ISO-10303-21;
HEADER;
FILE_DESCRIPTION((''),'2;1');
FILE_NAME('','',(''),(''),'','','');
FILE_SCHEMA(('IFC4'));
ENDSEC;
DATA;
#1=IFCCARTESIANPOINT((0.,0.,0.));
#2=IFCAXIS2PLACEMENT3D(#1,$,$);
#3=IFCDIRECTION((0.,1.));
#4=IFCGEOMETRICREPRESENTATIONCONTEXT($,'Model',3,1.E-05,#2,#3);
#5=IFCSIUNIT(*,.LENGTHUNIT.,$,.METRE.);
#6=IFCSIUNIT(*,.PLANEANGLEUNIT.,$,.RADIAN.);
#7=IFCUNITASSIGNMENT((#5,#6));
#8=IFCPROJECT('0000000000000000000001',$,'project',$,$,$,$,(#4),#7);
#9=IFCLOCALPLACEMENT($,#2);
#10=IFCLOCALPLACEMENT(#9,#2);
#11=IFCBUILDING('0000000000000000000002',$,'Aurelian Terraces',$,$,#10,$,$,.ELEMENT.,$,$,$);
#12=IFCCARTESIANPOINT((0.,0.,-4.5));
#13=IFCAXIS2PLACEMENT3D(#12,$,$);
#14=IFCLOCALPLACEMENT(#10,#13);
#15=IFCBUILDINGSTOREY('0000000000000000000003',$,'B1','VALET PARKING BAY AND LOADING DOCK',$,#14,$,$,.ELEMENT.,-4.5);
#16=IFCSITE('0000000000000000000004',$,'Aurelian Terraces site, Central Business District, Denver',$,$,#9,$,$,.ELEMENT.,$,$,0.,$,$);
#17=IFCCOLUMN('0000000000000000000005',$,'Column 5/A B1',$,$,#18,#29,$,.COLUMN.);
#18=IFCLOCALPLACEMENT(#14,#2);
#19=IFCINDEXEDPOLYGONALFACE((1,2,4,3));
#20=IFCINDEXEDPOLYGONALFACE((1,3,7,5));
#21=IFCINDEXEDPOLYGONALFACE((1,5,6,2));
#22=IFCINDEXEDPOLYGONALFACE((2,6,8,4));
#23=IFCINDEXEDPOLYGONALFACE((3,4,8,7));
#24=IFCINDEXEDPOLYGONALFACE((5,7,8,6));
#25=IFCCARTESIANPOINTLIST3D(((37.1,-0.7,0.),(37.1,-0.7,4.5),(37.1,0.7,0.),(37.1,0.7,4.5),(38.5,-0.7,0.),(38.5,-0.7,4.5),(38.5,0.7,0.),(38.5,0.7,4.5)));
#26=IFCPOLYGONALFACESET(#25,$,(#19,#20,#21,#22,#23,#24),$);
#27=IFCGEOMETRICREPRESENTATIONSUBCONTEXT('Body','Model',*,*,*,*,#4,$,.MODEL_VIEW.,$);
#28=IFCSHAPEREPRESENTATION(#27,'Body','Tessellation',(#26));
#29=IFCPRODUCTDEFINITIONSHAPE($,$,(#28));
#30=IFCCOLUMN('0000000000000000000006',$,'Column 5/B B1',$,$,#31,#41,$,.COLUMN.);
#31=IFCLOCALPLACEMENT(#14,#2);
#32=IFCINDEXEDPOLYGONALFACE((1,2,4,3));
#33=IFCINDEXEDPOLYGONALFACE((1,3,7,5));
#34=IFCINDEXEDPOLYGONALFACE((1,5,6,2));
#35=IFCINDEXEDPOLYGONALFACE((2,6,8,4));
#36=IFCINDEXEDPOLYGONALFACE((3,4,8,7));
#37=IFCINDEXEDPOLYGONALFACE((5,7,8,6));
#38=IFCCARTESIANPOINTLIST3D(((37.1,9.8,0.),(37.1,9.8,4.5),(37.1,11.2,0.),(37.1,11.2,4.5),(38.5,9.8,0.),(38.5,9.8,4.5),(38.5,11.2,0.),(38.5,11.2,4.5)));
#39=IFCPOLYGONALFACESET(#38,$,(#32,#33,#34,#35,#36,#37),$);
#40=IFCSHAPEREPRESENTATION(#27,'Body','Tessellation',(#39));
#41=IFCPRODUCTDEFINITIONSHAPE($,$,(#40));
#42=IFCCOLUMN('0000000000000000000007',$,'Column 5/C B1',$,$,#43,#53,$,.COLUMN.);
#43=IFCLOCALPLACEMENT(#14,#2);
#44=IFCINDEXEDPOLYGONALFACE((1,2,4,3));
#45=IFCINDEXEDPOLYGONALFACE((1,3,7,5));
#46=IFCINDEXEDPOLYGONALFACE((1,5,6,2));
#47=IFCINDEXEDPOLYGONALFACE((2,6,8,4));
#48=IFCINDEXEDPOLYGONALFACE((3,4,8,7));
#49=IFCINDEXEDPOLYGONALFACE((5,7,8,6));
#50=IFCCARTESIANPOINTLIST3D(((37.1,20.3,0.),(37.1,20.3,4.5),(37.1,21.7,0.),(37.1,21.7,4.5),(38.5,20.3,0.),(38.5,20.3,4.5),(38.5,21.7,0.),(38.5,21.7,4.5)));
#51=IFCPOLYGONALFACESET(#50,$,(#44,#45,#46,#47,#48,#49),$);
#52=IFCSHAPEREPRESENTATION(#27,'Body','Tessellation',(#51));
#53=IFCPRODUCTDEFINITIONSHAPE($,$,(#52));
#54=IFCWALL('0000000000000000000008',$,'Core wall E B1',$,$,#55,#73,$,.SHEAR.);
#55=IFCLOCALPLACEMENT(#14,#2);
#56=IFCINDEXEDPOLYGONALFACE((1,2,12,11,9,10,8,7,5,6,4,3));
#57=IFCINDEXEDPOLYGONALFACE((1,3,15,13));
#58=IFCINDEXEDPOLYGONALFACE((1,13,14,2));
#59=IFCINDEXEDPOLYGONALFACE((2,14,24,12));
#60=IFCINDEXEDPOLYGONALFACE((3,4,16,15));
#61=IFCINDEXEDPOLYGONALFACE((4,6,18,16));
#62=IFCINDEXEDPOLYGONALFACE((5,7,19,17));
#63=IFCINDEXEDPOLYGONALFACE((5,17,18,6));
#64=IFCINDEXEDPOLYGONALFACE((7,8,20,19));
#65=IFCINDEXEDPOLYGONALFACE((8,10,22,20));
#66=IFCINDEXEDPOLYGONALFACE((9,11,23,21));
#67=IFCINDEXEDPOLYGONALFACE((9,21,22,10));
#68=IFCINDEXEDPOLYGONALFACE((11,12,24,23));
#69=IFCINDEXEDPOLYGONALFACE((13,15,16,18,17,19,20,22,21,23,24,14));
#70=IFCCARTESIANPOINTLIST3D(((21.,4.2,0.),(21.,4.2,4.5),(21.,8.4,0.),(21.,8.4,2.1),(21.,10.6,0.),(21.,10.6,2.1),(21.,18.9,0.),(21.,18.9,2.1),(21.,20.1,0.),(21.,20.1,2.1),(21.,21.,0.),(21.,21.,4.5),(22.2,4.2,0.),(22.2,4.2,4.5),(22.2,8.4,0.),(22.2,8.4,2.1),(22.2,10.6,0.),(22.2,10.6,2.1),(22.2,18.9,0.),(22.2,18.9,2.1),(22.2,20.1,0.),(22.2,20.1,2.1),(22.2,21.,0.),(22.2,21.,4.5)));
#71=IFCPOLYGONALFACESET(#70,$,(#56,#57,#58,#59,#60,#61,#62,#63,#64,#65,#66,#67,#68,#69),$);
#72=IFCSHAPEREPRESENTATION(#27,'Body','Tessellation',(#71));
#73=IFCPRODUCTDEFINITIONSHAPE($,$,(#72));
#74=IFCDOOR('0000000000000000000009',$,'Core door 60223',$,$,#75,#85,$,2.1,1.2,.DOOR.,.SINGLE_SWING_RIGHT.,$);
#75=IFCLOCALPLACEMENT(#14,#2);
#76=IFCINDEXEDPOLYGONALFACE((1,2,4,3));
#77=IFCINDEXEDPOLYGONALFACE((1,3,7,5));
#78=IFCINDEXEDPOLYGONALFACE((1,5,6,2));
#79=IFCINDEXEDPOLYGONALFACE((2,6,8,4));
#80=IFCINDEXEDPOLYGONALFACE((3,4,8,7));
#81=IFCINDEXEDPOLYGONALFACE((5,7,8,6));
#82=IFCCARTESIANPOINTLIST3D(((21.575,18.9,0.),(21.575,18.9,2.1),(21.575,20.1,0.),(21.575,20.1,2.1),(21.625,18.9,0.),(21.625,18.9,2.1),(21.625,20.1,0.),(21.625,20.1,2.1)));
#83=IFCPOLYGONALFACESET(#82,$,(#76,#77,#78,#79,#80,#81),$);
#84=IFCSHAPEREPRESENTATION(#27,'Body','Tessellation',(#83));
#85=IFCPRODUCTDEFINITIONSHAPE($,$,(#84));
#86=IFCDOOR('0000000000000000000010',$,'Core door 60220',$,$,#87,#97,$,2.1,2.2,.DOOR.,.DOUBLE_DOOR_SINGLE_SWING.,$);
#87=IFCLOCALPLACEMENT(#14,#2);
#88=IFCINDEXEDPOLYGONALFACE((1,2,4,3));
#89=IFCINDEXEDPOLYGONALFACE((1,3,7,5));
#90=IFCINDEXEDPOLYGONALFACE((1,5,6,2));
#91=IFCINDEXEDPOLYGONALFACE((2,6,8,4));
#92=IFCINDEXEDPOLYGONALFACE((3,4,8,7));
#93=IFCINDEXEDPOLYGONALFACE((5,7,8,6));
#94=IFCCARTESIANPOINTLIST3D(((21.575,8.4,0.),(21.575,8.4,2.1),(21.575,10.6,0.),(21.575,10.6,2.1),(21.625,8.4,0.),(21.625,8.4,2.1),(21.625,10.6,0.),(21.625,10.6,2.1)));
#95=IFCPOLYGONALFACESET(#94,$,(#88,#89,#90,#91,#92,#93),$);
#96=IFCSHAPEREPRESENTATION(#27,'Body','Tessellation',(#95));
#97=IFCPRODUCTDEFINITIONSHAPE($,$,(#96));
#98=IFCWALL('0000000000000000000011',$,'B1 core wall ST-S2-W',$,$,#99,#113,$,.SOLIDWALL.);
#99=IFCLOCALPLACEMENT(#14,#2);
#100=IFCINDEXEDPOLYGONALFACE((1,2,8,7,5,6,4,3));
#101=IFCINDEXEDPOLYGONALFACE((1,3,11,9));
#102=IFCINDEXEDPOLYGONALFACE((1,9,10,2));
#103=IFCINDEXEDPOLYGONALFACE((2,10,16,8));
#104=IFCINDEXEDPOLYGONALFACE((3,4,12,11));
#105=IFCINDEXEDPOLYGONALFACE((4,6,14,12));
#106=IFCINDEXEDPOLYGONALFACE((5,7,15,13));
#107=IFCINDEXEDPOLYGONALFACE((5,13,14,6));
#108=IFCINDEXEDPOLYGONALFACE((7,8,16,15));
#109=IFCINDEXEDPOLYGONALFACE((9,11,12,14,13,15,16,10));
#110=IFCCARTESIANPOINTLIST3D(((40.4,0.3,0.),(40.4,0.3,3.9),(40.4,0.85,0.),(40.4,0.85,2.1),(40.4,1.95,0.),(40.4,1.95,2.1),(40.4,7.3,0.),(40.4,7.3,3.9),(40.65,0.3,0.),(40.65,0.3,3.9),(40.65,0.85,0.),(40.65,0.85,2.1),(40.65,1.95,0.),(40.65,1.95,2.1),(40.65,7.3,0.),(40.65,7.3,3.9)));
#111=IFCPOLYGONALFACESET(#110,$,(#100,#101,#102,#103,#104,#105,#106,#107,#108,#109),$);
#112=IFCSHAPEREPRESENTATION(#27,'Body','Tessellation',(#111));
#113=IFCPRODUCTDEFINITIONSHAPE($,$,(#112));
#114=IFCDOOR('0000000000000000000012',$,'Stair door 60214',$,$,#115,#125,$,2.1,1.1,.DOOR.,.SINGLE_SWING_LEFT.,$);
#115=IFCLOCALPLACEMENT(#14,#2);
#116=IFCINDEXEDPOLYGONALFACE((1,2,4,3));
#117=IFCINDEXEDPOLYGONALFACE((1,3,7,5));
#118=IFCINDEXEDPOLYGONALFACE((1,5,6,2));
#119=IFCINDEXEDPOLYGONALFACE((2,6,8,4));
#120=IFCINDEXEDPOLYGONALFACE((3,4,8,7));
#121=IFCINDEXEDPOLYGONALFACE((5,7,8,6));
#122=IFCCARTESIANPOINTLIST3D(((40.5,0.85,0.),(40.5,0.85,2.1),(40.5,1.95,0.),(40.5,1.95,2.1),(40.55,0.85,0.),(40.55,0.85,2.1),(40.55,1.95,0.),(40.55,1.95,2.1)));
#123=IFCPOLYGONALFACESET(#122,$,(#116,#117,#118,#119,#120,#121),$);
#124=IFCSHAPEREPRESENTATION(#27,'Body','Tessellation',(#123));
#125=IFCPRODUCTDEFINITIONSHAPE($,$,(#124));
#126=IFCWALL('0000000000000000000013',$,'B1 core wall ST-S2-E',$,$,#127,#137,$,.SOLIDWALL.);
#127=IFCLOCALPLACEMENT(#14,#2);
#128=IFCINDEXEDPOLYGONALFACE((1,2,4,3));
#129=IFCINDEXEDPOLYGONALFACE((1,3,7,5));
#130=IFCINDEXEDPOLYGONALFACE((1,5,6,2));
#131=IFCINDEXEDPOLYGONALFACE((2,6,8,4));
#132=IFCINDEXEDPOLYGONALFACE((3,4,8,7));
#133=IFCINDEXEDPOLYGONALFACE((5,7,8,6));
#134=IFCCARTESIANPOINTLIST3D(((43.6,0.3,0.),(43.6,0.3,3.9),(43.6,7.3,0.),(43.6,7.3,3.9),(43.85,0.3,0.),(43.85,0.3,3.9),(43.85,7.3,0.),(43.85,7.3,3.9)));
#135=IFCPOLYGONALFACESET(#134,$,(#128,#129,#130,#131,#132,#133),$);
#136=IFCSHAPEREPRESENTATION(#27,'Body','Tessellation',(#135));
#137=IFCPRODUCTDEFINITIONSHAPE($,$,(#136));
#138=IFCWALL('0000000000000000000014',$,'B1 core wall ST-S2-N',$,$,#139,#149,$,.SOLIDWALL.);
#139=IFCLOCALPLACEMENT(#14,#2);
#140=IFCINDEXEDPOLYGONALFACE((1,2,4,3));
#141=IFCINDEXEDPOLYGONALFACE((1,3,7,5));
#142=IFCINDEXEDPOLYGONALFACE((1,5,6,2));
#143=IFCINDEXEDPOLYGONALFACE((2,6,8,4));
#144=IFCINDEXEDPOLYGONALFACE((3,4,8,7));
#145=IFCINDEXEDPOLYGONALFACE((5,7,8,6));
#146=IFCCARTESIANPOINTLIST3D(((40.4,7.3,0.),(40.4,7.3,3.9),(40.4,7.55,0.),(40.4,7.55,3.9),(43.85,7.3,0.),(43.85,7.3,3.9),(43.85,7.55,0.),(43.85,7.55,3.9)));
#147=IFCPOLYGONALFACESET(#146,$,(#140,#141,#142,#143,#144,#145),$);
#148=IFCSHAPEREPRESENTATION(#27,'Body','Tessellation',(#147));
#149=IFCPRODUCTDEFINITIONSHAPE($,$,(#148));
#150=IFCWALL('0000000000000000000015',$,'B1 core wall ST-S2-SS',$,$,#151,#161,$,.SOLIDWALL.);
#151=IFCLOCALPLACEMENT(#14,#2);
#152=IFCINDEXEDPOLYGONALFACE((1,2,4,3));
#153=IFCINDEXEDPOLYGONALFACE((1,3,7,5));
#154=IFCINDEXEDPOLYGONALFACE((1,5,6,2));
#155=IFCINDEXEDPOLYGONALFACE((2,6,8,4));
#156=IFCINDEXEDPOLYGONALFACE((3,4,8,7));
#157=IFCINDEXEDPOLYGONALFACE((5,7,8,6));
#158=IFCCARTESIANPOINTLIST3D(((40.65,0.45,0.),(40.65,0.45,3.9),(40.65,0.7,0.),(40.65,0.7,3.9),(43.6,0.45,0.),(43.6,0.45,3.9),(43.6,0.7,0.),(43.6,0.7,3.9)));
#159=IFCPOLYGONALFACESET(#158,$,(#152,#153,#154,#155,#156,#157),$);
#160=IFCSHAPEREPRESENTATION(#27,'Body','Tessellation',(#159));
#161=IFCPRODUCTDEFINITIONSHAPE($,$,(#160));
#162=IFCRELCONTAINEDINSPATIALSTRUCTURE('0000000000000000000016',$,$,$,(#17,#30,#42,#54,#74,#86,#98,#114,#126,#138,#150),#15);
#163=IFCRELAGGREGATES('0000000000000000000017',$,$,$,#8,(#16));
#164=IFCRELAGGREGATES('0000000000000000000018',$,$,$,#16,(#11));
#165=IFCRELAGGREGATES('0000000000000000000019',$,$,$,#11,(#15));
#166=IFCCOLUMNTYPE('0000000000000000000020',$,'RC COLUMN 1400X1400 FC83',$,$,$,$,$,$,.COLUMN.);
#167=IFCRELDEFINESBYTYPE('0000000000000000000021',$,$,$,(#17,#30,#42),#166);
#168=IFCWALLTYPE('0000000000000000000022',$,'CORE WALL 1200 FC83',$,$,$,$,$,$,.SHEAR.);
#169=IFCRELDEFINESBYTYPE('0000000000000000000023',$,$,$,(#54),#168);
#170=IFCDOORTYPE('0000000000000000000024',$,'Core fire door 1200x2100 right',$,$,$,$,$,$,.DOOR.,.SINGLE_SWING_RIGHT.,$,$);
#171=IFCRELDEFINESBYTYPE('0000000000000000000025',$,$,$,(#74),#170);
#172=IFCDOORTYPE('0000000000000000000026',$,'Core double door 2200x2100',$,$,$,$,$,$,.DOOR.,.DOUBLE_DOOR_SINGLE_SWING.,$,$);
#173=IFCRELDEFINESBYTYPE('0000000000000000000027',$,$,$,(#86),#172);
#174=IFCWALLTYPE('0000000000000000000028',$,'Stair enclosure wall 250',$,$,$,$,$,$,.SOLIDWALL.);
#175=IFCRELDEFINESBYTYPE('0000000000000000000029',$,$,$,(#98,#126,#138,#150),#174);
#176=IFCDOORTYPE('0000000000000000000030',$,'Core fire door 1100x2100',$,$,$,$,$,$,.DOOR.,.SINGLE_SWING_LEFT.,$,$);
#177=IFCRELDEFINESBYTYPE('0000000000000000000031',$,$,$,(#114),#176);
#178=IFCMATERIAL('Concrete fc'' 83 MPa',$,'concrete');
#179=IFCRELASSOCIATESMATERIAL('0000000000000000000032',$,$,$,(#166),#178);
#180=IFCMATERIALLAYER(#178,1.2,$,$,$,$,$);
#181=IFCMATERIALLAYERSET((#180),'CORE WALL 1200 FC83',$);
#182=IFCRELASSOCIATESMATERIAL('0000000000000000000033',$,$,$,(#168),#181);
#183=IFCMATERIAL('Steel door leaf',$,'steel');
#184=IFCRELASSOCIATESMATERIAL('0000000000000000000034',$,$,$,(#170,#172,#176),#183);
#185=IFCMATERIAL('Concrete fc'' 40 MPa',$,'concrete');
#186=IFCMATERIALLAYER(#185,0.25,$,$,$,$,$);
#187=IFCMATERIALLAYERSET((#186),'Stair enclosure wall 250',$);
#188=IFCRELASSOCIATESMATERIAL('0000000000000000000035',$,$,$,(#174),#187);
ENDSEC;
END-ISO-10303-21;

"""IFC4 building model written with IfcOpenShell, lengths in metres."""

from ifc_helpers import new_model, si_unit, direction, frame, frame_2d, origin, origin_2d, place, context, subcontext, project, spatial, rectangle, extrude, source, transform, mapped, material, layer, layer_set, material_profile, profile_set, type_object, element, fill, save


model = new_model("IFC4")

# Units and contexts
model_context = context("Model", 3, precision=1e-05, world=origin(), true_north=direction((0.0, 1.0)))
body_context = subcontext(model_context, "Body", "Model", "MODEL_VIEW")
ifc_project = project(units=[si_unit("LENGTHUNIT", "METRE"), si_unit("PLANEANGLEUNIT", "RADIAN")], contexts=[model_context])

# Site, building, storey
site_placement = place(None, origin())
site = spatial("IfcSite", under=ifc_project, at=site_placement, Name="Aurelian Terraces site, Central Business District, Denver", CompositionType="ELEMENT", RefElevation=0.0)
building_placement = place(site_placement, origin())
building = spatial("IfcBuilding", under=site, at=building_placement, Name="Aurelian Terraces", CompositionType="ELEMENT")
storey_placement = place(building_placement, frame((0.0, 0.0, -4.5)))
storey = spatial("IfcBuildingStorey", under=building, at=storey_placement, Name="B1", Description="VALET PARKING BAY AND LOADING DOCK", CompositionType="ELEMENT", Elevation=-4.5)

# Columns
ifc_material_1 = material(Name="Concrete fc' 83 MPa", Category="concrete")
ifc_material_profile = material_profile(ifc_material_1, rectangle(XDim=1.4, YDim=1.4, at=origin_2d()))
ifc_profile_set = profile_set([ifc_material_profile], Name="Concrete fc' 83 MPa")
column_type = type_object("IfcColumnType", Name="RC COLUMN 1400X1400 FC83", PredefinedType="COLUMN", material=ifc_profile_set)
shared_shape_1 = source(origin(), body_context, "Body", "SweptSolid", [
    extrude(rectangle(XDim=1.4, YDim=1.4, at=origin_2d()), origin(), (0.0, 0.0, 1.0), 4.5),
])
for number, where, z_axis, x_axis, name in (
    (1, (37.8, 0.0, 0.0), (0.0, 0.0, 1.0), (1.0, 0.0, 0.0), "Column 5/A B1"),
    (2, (37.8, 10.5, 0.0), (0.0, 0.0, 1.0), (1.0, 0.0, 0.0), "Column 5/B B1"),
    (3, (37.8, 21.0, 0.0), (0.0, 0.0, 1.0), (1.0, 0.0, 0.0), "Column 5/C B1"),
):
    element("IfcColumn", number, at=place(storey_placement, frame(where, z_axis=z_axis, x_axis=x_axis)), inside=storey, type_object=column_type, Name=name, PredefinedType="COLUMN", context=body_context, shape_type="MappedRepresentation", body=[
        mapped(shared_shape_1, transform((0.0, 0.0, 0.0), scale=1.0)),
    ])

# Wall, openings, doors
ifc_layer_1 = layer(ifc_material_1, 1.2)
ifc_layer_set_1 = layer_set([ifc_layer_1], Name="CORE WALL 1200 FC83")
wall_type_1 = type_object("IfcWallType", Name="CORE WALL 1200 FC83", PredefinedType="SHEAR", material=ifc_layer_set_1)
shared_shape_2 = source(origin(), body_context, "Body", "SweptSolid", [
    extrude(rectangle(XDim=16.8, YDim=1.2, at=frame_2d((8.4, 0.0))), origin(), (0.0, 0.0, 1.0), 4.5),
])
wall_1_placement = place(storey_placement, frame((21.6, 4.2, 0.0), z_axis=(0.0, 0.0, 1.0), x_axis=(0.0, 1.0, 0.0)))
wall_1 = element("IfcWall", 4, at=wall_1_placement, inside=storey, type_object=wall_type_1, Name="Core wall E B1", PredefinedType="SHEAR", context=body_context, shape_type="MappedRepresentation", body=[
    mapped(shared_shape_2, transform((0.0, 0.0, 0.0), scale=1.0)),
])
shared_shape_3 = source(origin(), body_context, "Body", "SweptSolid", [
    extrude(rectangle(XDim=2.2, YDim=2.1, at=frame_2d((1.1, 1.05))), frame((0.0, 0.61, 0.0), z_axis=(0.0, -1.0, 0.0), x_axis=(1.0, 0.0, 0.0)), (0.0, 0.0, 1.0), 1.22),
])
opening_1_placement = place(wall_1_placement, frame((4.2, 0.0, 0.0)))
opening_1 = element("IfcOpeningElement", 5, at=opening_1_placement, cuts=wall_1, PredefinedType="OPENING", context=body_context, shape_type="MappedRepresentation", body=[
    mapped(shared_shape_3, transform((0.0, 0.0, 0.0), scale=1.0)),
])
shared_shape_4 = source(origin(), body_context, "Body", "SweptSolid", [
    extrude(rectangle(XDim=1.2, YDim=2.1, at=frame_2d((0.6, 1.05))), frame((0.0, 0.61, 0.0), z_axis=(0.0, -1.0, 0.0), x_axis=(1.0, 0.0, 0.0)), (0.0, 0.0, 1.0), 1.22),
])
opening_2_placement = place(wall_1_placement, frame((14.7, 0.0, 0.0)))
opening_2 = element("IfcOpeningElement", 6, at=opening_2_placement, cuts=wall_1, PredefinedType="OPENING", context=body_context, shape_type="MappedRepresentation", body=[
    mapped(shared_shape_4, transform((0.0, 0.0, 0.0), scale=1.0)),
])
ifc_material_2 = material(Name="Steel door leaf", Category="steel")
door_type_1 = type_object("IfcDoorType", Name="Core fire door 1200x2100 right", OperationType="SINGLE_SWING_RIGHT", PredefinedType="DOOR", material=ifc_material_2)
shared_shape_5 = source(origin(), body_context, "Body", "SweptSolid", [
    extrude(rectangle(XDim=1.2, YDim=2.1, at=frame_2d((0.6, 1.05))), frame((0.0, 0.025, 0.0), z_axis=(0.0, -1.0, 0.0), x_axis=(1.0, 0.0, 0.0)), (0.0, 0.0, 1.0), 0.05),
])
door_1_placement = place(opening_2_placement, origin())
door_1 = element("IfcDoor", 7, at=door_1_placement, inside=storey, type_object=door_type_1, Name="Core door 60223", OperationType="SINGLE_SWING_RIGHT", OverallHeight=2.1, OverallWidth=1.2, PredefinedType="DOOR", context=body_context, shape_type="MappedRepresentation", body=[
    mapped(shared_shape_5, transform((0.0, 0.0, 0.0), scale=1.0)),
])
fill(opening_2, door_1)
door_type_2 = type_object("IfcDoorType", Name="Core double door 2200x2100", OperationType="DOUBLE_DOOR_SINGLE_SWING", PredefinedType="DOOR", material=ifc_material_2)
shared_shape_6 = source(origin(), body_context, "Body", "SweptSolid", [
    extrude(rectangle(XDim=2.2, YDim=2.1, at=frame_2d((1.1, 1.05))), frame((0.0, 0.025, 0.0), z_axis=(0.0, -1.0, 0.0), x_axis=(1.0, 0.0, 0.0)), (0.0, 0.0, 1.0), 0.05),
])
door_2_placement = place(opening_1_placement, origin())
door_2 = element("IfcDoor", 8, at=door_2_placement, inside=storey, type_object=door_type_2, Name="Core door 60220", OperationType="DOUBLE_DOOR_SINGLE_SWING", OverallHeight=2.1, OverallWidth=2.2, PredefinedType="DOOR", context=body_context, shape_type="MappedRepresentation", body=[
    mapped(shared_shape_6, transform((0.0, 0.0, 0.0), scale=1.0)),
])
fill(opening_1, door_2)

# Wall, opening, door
ifc_material_3 = material(Name="Concrete fc' 40 MPa", Category="concrete")
ifc_layer_2 = layer(ifc_material_3, 0.25)
ifc_layer_set_2 = layer_set([ifc_layer_2], Name="Stair enclosure wall 250")
wall_type_2 = type_object("IfcWallType", Name="Stair enclosure wall 250", PredefinedType="SOLIDWALL", material=ifc_layer_set_2)
shared_shape_7 = source(origin(), body_context, "Body", "SweptSolid", [
    extrude(rectangle(XDim=7.0, YDim=0.25, at=frame_2d((3.5, 0.0))), origin(), (0.0, 0.0, 1.0), 3.9),
])
wall_2_placement = place(storey_placement, frame((40.525, 0.3, 0.0), z_axis=(0.0, 0.0, 1.0), x_axis=(0.0, 1.0, 0.0)))
wall_2 = element("IfcWall", 9, at=wall_2_placement, inside=storey, type_object=wall_type_2, Name="B1 core wall ST-S2-W", PredefinedType="SOLIDWALL", context=body_context, shape_type="MappedRepresentation", body=[
    mapped(shared_shape_7, transform((0.0, 0.0, 0.0), scale=1.0)),
])
shared_shape_8 = source(origin(), body_context, "Body", "SweptSolid", [
    extrude(rectangle(XDim=1.1, YDim=2.1, at=frame_2d((0.55, 1.05))), frame((0.0, 0.135, 0.0), z_axis=(0.0, -1.0, 0.0), x_axis=(1.0, 0.0, 0.0)), (0.0, 0.0, 1.0), 0.27),
])
opening_3_placement = place(wall_2_placement, frame((0.55, 0.0, 0.0)))
opening_3 = element("IfcOpeningElement", 10, at=opening_3_placement, cuts=wall_2, PredefinedType="OPENING", context=body_context, shape_type="MappedRepresentation", body=[
    mapped(shared_shape_8, transform((0.0, 0.0, 0.0), scale=1.0)),
])
door_type_3 = type_object("IfcDoorType", Name="Core fire door 1100x2100", OperationType="SINGLE_SWING_LEFT", PredefinedType="DOOR", material=ifc_material_2)
shared_shape_9 = source(origin(), body_context, "Body", "SweptSolid", [
    extrude(rectangle(XDim=1.1, YDim=2.1, at=frame_2d((0.55, 1.05))), frame((0.0, 0.025, 0.0), z_axis=(0.0, -1.0, 0.0), x_axis=(1.0, 0.0, 0.0)), (0.0, 0.0, 1.0), 0.05),
])
door_3_placement = place(opening_3_placement, origin())
door_3 = element("IfcDoor", 11, at=door_3_placement, inside=storey, type_object=door_type_3, Name="Stair door 60214", OperationType="SINGLE_SWING_LEFT", OverallHeight=2.1, OverallWidth=1.1, PredefinedType="DOOR", context=body_context, shape_type="MappedRepresentation", body=[
    mapped(shared_shape_9, transform((0.0, 0.0, 0.0), scale=1.0)),
])
fill(opening_3, door_3)

# Walls
wall_3_placement = place(storey_placement, frame((43.725, 0.3, 0.0), z_axis=(0.0, 0.0, 1.0), x_axis=(0.0, 1.0, 0.0)))
element("IfcWall", 12, at=wall_3_placement, inside=storey, type_object=wall_type_2, Name="B1 core wall ST-S2-E", PredefinedType="SOLIDWALL", context=body_context, shape_type="MappedRepresentation", body=[
    mapped(shared_shape_7, transform((0.0, 0.0, 0.0), scale=1.0)),
])
shared_shape_10 = source(origin(), body_context, "Body", "SweptSolid", [
    extrude(rectangle(XDim=3.45, YDim=0.25, at=frame_2d((1.725, 0.0))), origin(), (0.0, 0.0, 1.0), 3.9),
])
wall_4_placement = place(storey_placement, frame((40.4, 7.425, 0.0), z_axis=(0.0, 0.0, 1.0), x_axis=(1.0, 0.0, 0.0)))
element("IfcWall", 13, at=wall_4_placement, inside=storey, type_object=wall_type_2, Name="B1 core wall ST-S2-N", PredefinedType="SOLIDWALL", context=body_context, shape_type="MappedRepresentation", body=[
    mapped(shared_shape_10, transform((0.0, 0.0, 0.0), scale=1.0)),
])
shared_shape_11 = source(origin(), body_context, "Body", "SweptSolid", [
    extrude(rectangle(XDim=2.95, YDim=0.25, at=frame_2d((1.475, 0.0))), origin(), (0.0, 0.0, 1.0), 3.9),
])
wall_5_placement = place(storey_placement, frame((40.65, 0.575, 0.0), z_axis=(0.0, 0.0, 1.0), x_axis=(1.0, 0.0, 0.0)))
element("IfcWall", 14, at=wall_5_placement, inside=storey, type_object=wall_type_2, Name="B1 core wall ST-S2-SS", PredefinedType="SOLIDWALL", context=body_context, shape_type="MappedRepresentation", body=[
    mapped(shared_shape_11, transform((0.0, 0.0, 0.0), scale=1.0)),
])

save(model, "model.ifc")
